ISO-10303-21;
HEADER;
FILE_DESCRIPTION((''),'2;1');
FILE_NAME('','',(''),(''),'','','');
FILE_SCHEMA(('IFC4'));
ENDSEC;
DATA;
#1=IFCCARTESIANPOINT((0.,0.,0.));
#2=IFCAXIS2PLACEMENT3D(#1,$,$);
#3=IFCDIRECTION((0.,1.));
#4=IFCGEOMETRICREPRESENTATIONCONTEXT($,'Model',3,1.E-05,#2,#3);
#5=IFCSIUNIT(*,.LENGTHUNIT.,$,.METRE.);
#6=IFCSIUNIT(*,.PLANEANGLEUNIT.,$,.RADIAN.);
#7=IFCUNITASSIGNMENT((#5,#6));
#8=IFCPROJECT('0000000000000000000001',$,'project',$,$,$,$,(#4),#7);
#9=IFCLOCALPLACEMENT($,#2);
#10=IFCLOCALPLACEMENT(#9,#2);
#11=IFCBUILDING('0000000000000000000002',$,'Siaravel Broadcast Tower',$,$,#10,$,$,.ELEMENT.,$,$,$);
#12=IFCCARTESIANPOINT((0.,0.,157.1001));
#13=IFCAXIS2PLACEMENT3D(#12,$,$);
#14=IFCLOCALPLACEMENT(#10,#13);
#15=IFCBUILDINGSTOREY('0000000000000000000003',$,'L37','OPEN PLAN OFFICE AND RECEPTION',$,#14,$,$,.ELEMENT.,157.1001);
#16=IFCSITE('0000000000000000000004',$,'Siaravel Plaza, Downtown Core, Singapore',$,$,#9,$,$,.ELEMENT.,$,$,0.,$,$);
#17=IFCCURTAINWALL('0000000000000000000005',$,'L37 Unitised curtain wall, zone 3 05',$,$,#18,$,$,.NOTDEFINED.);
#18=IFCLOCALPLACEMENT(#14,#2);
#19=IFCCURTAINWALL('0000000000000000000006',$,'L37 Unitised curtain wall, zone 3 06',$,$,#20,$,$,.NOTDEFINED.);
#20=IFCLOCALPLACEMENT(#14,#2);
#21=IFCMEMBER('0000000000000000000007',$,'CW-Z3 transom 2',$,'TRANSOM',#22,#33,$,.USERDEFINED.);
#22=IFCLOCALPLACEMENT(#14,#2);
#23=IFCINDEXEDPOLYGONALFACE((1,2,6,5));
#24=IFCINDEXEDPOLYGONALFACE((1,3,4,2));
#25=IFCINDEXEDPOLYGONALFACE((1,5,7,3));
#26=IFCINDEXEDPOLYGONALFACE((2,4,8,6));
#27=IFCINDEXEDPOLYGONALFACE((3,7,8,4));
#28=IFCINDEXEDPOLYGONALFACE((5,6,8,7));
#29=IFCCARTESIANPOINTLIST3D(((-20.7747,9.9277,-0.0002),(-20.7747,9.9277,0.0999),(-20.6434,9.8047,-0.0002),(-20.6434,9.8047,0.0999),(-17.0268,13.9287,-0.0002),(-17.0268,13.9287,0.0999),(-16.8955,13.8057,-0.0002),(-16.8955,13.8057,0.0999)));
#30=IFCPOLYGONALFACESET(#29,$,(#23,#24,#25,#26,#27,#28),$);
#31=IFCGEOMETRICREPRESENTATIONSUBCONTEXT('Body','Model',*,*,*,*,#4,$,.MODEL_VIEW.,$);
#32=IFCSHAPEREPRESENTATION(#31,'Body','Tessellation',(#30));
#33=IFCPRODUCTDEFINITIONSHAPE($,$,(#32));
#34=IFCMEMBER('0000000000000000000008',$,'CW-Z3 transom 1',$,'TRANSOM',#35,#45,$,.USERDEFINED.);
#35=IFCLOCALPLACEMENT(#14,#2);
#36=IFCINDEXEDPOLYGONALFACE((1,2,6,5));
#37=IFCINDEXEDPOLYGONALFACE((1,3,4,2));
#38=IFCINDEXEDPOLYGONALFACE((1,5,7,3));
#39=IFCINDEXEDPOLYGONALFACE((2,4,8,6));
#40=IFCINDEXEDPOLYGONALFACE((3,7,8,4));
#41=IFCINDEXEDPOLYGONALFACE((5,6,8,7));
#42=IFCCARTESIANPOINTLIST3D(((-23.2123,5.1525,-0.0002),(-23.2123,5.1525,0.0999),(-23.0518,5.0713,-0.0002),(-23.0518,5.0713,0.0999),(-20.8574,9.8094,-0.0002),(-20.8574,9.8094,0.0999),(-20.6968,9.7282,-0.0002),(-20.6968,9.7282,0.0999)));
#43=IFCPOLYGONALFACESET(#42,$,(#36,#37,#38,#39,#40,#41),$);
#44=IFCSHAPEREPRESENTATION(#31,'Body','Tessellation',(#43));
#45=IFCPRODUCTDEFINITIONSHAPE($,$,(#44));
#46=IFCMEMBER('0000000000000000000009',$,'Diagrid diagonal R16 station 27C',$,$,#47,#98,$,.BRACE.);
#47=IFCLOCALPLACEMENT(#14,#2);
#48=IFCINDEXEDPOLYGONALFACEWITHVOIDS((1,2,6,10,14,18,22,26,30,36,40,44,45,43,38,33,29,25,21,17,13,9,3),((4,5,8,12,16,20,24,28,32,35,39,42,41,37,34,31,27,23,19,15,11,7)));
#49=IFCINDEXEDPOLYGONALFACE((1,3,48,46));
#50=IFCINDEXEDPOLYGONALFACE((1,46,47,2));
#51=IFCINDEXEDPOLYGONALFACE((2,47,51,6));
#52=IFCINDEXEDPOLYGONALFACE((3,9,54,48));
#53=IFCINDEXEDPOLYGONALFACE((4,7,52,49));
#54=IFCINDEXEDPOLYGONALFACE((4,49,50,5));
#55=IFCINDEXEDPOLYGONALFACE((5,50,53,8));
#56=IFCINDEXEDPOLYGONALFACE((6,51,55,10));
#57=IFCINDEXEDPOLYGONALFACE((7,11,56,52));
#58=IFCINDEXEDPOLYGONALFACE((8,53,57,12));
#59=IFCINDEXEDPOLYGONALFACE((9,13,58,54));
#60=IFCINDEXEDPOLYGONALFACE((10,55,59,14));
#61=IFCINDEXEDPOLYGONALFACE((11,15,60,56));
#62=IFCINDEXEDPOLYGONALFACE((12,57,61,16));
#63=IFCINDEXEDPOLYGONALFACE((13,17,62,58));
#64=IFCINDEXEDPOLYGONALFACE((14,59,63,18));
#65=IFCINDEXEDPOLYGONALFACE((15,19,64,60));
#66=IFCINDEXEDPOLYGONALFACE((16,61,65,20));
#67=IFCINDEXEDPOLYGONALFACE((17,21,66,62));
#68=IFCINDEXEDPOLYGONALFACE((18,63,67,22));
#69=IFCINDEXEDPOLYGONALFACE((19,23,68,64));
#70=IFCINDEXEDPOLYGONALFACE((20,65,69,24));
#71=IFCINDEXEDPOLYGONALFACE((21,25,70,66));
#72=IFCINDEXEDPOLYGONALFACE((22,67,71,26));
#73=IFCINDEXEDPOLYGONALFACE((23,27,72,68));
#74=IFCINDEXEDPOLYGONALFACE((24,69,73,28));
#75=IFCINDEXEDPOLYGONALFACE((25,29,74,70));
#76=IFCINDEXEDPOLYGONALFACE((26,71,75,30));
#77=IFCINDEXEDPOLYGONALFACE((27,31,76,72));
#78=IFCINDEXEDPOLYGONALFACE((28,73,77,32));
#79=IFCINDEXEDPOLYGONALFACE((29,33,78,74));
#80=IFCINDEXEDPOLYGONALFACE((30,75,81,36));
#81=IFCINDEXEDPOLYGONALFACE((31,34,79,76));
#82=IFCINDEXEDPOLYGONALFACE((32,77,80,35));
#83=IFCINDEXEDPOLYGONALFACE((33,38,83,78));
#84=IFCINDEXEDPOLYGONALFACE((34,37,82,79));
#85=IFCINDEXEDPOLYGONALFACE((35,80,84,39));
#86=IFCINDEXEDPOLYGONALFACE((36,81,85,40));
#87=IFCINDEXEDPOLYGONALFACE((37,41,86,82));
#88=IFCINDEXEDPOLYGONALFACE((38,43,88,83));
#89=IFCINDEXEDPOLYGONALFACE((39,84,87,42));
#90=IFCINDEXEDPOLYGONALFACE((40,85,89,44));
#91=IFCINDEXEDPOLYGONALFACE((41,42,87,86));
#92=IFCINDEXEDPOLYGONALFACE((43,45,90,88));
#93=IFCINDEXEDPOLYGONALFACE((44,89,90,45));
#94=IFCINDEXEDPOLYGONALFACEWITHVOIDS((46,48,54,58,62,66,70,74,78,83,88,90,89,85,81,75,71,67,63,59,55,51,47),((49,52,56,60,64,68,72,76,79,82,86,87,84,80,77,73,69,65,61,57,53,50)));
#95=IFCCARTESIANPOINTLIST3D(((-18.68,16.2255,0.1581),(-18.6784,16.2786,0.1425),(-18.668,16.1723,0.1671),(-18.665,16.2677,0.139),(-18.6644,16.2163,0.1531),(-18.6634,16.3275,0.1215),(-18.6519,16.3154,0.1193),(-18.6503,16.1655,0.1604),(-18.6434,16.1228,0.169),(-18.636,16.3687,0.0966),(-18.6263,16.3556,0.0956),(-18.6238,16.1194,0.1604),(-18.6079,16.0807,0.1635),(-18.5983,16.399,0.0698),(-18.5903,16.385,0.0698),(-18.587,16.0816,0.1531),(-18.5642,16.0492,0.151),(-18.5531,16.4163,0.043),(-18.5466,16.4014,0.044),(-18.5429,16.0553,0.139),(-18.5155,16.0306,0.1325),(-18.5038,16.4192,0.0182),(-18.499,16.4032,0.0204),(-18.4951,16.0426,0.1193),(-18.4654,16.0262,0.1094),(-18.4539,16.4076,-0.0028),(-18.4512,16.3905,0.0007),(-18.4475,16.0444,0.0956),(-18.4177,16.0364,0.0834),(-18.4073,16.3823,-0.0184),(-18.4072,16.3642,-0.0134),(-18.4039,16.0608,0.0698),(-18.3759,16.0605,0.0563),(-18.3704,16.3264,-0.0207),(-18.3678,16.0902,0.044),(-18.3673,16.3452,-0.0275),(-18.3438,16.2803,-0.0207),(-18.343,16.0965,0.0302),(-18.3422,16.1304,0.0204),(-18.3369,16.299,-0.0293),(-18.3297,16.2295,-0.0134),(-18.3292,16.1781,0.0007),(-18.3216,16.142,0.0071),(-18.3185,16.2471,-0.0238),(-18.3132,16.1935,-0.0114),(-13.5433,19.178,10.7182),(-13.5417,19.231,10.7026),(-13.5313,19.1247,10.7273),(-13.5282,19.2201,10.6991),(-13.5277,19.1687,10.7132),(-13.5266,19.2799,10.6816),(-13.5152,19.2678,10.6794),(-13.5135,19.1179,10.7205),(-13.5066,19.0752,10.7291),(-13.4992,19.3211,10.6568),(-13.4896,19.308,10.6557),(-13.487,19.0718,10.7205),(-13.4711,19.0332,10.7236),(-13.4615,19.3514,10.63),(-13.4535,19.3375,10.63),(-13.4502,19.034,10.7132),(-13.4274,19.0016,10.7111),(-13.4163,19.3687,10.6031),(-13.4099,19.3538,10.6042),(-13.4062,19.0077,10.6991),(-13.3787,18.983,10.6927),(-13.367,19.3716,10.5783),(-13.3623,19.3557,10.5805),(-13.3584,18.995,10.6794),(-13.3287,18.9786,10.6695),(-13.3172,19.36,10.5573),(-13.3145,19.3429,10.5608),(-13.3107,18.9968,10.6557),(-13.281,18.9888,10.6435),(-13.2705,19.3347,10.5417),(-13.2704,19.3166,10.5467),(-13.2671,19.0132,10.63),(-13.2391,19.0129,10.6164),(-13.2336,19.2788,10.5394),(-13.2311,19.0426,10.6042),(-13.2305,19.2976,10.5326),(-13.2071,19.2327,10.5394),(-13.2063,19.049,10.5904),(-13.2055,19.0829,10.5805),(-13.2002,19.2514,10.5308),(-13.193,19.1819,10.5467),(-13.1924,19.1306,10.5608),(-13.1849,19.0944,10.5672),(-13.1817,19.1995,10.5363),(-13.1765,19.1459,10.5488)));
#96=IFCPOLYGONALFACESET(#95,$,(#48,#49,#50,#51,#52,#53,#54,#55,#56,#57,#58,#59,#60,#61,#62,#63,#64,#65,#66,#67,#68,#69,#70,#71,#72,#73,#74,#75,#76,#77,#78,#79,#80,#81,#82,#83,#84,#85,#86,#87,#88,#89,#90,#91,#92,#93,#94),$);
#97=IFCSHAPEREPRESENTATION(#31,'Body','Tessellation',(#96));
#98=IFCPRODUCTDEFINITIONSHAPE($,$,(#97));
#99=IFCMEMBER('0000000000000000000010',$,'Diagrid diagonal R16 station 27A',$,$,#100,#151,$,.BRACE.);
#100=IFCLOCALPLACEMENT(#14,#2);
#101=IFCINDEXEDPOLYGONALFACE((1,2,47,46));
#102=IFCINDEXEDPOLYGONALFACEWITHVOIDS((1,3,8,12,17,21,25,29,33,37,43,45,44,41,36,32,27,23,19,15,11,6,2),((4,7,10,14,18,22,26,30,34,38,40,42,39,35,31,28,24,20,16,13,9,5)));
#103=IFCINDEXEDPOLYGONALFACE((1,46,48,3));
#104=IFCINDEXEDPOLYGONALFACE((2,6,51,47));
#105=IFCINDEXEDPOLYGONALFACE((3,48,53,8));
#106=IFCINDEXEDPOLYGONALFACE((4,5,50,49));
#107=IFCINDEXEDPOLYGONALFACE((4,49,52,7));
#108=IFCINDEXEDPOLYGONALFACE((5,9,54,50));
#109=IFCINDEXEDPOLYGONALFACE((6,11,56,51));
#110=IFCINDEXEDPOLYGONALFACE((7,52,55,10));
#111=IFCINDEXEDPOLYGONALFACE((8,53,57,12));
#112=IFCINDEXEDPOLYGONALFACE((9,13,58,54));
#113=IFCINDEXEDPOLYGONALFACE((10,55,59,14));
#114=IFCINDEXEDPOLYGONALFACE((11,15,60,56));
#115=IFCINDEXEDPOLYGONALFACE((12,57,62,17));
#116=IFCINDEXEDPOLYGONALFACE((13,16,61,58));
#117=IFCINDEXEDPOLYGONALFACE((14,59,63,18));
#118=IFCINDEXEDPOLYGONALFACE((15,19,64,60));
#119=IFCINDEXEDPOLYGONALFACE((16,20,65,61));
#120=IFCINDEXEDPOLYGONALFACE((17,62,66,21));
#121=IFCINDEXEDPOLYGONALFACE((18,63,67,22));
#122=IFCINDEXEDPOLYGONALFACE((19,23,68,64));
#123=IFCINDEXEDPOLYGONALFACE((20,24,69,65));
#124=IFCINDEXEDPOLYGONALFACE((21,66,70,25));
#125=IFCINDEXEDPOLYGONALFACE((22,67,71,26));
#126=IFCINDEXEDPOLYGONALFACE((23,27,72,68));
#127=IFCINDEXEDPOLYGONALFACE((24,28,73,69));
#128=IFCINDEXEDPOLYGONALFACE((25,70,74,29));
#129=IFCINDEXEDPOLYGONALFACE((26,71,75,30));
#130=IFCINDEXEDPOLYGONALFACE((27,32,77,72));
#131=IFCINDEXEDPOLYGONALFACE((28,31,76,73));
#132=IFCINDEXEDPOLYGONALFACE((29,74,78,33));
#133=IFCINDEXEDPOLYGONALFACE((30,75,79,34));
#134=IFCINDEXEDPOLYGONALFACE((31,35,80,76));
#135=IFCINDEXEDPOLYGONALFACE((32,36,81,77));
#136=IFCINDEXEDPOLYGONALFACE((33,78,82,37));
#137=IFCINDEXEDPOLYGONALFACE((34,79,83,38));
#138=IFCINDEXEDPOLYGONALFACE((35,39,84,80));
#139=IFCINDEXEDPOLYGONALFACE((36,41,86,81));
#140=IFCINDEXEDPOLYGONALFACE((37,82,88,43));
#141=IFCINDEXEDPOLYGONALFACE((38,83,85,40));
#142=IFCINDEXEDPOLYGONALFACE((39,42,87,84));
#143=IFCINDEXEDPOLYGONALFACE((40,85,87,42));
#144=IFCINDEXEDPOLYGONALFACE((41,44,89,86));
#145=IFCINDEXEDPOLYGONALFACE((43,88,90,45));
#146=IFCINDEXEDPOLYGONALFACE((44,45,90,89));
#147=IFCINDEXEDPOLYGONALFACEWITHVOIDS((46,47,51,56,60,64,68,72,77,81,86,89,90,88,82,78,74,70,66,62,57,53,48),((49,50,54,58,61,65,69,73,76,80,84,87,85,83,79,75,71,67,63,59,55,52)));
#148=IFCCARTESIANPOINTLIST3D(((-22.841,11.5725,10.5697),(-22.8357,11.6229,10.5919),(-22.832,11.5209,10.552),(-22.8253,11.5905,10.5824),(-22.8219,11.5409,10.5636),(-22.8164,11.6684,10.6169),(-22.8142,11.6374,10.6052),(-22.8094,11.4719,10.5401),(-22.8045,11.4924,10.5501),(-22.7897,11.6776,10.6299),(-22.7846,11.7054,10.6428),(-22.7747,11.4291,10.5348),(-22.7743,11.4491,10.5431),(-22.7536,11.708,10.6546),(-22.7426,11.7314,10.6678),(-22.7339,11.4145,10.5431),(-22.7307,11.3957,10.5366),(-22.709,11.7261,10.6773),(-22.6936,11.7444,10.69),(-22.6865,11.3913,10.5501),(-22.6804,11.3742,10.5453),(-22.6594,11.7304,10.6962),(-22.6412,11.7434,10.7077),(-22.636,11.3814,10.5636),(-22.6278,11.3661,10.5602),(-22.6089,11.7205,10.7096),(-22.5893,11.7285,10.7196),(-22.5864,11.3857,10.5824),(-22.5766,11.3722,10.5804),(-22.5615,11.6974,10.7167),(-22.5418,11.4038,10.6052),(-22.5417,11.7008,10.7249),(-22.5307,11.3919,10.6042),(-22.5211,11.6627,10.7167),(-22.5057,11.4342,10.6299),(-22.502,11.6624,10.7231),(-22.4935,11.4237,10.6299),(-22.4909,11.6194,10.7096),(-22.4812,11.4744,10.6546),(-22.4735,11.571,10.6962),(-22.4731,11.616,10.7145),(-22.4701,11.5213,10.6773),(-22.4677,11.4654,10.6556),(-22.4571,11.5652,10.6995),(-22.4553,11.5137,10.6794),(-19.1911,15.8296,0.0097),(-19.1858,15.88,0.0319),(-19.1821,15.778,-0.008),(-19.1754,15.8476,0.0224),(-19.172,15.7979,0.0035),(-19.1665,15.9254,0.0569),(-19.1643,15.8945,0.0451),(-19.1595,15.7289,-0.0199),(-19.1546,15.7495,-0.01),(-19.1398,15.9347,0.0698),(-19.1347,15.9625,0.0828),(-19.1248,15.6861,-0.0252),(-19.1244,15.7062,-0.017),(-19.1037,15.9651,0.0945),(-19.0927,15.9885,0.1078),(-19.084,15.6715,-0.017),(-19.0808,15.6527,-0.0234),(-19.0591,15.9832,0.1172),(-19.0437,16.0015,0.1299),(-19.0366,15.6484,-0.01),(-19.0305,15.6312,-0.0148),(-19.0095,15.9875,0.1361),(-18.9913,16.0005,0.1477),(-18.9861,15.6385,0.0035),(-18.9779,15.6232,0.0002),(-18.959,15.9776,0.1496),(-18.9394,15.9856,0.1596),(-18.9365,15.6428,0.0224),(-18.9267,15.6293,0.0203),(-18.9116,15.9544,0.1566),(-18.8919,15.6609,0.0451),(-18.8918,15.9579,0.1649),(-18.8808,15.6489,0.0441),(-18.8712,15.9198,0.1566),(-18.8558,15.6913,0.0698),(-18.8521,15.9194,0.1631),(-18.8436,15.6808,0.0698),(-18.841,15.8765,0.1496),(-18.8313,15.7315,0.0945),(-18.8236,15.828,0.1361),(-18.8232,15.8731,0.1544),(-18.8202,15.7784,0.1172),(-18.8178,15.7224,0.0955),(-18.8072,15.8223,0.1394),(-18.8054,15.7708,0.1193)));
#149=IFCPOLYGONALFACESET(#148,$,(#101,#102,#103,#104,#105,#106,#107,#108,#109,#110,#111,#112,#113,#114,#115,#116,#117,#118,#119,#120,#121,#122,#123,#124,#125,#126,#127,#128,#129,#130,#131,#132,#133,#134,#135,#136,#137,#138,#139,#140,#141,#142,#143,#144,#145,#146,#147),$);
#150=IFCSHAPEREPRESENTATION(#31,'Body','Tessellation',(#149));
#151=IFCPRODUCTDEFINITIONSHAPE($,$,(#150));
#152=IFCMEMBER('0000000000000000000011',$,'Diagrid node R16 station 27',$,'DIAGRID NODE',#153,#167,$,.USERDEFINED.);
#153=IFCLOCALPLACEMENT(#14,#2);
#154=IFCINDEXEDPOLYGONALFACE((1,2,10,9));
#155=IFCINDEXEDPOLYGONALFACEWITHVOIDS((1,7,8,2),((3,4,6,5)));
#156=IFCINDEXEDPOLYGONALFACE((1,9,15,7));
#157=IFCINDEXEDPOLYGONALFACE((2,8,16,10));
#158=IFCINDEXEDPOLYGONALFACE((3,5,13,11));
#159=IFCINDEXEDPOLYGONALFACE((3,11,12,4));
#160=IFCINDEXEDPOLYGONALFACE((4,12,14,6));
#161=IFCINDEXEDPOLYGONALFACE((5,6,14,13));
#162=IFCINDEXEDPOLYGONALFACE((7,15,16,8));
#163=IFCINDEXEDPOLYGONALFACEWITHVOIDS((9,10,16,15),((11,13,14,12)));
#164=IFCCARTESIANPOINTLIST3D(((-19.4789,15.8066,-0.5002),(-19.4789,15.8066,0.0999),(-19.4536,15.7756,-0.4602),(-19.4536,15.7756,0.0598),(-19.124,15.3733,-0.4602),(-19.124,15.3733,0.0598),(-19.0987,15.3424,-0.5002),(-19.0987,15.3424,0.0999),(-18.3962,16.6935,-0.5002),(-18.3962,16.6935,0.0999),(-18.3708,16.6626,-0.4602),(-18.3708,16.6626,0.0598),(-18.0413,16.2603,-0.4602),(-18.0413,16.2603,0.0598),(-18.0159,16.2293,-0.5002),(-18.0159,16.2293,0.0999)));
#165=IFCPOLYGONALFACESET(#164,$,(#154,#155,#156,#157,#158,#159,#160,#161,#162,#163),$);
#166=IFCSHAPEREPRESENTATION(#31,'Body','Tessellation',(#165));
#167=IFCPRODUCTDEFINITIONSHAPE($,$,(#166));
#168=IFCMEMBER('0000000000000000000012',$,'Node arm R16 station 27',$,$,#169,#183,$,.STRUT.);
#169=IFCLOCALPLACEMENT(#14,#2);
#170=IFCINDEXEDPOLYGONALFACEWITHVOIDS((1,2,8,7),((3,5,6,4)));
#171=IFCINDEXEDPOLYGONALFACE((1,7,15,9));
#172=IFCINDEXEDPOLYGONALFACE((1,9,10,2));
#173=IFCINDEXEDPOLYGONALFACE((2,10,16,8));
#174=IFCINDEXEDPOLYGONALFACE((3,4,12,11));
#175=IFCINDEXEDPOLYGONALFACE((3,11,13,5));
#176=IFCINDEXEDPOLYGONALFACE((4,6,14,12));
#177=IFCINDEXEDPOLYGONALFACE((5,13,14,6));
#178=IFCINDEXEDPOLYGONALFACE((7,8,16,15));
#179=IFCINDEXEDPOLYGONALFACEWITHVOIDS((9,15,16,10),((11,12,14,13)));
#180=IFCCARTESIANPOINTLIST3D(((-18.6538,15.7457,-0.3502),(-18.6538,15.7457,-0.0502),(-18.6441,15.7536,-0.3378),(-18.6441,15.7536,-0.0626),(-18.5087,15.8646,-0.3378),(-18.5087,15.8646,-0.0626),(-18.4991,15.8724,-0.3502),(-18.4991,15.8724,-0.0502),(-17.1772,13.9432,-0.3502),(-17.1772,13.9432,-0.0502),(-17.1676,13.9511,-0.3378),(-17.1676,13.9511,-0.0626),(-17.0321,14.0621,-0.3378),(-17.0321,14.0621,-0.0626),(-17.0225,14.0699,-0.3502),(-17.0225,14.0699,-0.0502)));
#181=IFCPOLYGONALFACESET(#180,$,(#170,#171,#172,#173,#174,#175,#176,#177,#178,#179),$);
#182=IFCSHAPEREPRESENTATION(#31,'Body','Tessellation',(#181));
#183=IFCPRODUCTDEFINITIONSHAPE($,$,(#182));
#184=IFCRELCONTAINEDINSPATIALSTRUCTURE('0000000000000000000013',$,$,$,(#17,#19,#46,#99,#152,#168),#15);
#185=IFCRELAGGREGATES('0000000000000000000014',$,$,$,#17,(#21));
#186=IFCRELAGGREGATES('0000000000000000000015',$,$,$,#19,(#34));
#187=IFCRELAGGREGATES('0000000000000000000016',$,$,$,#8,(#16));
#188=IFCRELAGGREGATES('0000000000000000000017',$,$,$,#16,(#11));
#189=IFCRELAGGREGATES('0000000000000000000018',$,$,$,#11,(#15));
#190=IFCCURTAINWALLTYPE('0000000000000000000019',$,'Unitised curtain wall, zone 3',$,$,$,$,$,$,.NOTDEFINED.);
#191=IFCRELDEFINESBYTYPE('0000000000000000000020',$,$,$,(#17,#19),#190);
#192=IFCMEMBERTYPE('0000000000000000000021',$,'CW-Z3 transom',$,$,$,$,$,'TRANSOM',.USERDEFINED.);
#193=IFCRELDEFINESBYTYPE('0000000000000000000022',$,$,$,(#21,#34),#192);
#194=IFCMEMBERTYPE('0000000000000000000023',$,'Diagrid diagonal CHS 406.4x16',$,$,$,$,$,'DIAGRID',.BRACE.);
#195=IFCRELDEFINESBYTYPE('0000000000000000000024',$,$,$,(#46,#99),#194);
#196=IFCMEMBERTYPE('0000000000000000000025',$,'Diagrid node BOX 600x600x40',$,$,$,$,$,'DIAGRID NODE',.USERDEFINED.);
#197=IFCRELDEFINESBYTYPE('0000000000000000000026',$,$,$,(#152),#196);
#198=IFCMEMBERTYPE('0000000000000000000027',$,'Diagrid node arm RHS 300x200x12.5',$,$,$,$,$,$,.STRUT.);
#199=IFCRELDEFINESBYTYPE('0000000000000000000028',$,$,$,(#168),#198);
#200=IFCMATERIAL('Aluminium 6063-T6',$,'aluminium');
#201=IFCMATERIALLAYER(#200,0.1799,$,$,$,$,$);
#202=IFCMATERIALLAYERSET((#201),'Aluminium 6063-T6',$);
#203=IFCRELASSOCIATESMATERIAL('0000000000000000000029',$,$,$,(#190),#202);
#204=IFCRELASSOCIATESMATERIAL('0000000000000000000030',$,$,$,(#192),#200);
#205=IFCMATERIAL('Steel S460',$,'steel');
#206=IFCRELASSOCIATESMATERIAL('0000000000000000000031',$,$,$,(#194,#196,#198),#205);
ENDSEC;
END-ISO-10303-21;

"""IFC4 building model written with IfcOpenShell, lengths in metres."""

from ifc_helpers import new_model, si_unit, direction, frame, origin, origin_2d, place, context, subcontext, project, spatial, rectangle, hollow_rectangle, hollow_circle, extrude, material, layer, layer_set, material_profile, profile_set, type_object, element, aggregate, save


model = new_model("IFC4")

# Units and contexts
model_context = context("Model", 3, precision=1e-05, world=origin(), true_north=direction((0.0, 1.0)))
body_context = subcontext(model_context, "Body", "Model", "MODEL_VIEW")
ifc_project = project(units=[si_unit("LENGTHUNIT", "METRE"), si_unit("PLANEANGLEUNIT", "RADIAN")], contexts=[model_context])

# Site, building, storey
site_placement = place(None, origin())
site = spatial("IfcSite", under=ifc_project, at=site_placement, Name="Siaravel Plaza, Downtown Core, Singapore", CompositionType="ELEMENT", RefElevation=0.0)
building_placement = place(site_placement, origin())
building = spatial("IfcBuilding", under=site, at=building_placement, Name="Siaravel Broadcast Tower", CompositionType="ELEMENT")
storey_placement = place(building_placement, frame((0.0, 0.0, 157.1001)))
storey = spatial("IfcBuildingStorey", under=building, at=storey_placement, Name="L37", Description="OPEN PLAN OFFICE AND RECEPTION", CompositionType="ELEMENT", Elevation=157.1001)

# Curtain wall
ifc_material_1 = material(Name="Aluminium 6063-T6", Category="aluminium")
ifc_layer_1 = layer(ifc_material_1, 0.1799)
ifc_layer_set_1 = layer_set([ifc_layer_1], Name="Aluminium 6063-T6")
curtain_wall_type = type_object("IfcCurtainWallType", Name="Unitised curtain wall, zone 3", PredefinedType="NOTDEFINED", material=ifc_layer_set_1)
curtain_wall_1_placement = place(storey_placement, origin())
curtain_wall_1 = element("IfcCurtainWall", 1, at=curtain_wall_1_placement, inside=storey, type_object=curtain_wall_type, Name="L37 Unitised curtain wall, zone 3 05", PredefinedType="NOTDEFINED")

# Curtain wall
curtain_wall_2_placement = place(storey_placement, origin())
curtain_wall_2 = element("IfcCurtainWall", 2, at=curtain_wall_2_placement, inside=storey, type_object=curtain_wall_type, Name="L37 Unitised curtain wall, zone 3 06", PredefinedType="NOTDEFINED")

# Members
ifc_material_profile_1 = material_profile(ifc_material_1, rectangle(XDim=0.1799, YDim=0.1001, at=origin_2d()))
ifc_profile_set_1 = profile_set([ifc_material_profile_1], Name="Aluminium 6063-T6")
member_type_1 = type_object("IfcMemberType", Name="CW-Z3 transom", ElementType="TRANSOM", PredefinedType="USERDEFINED", material=ifc_profile_set_1)
member_1_placement = place(storey_placement, frame((-16.9612, 13.8672, 0.0498), z_axis=(-0.683639, -0.72982, 0.0), x_axis=(0.72982, -0.683639, 0.0)))
member_1 = element("IfcMember", 3, at=member_1_placement, type_object=member_type_1, Name="CW-Z3 transom 2", ObjectType="TRANSOM", PredefinedType="USERDEFINED", context=body_context, shape_type="SweptSolid", body=[
    extrude(rectangle(XDim=0.1799, YDim=0.1001, at=origin_2d()), origin(), (0.0, 0.0, 1.0), 5.4822),
])
member_2_placement = place(storey_placement, frame((-20.7771, 9.7688, 0.0498), z_axis=(-0.45127, -0.892388, 0.0), x_axis=(0.892388, -0.45127, 0.0)))
member_2 = element("IfcMember", 4, at=member_2_placement, type_object=member_type_1, Name="CW-Z3 transom 1", ObjectType="TRANSOM", PredefinedType="USERDEFINED", context=body_context, shape_type="SweptSolid", body=[
    extrude(rectangle(XDim=0.1799, YDim=0.1001, at=origin_2d()), origin(), (0.0, 0.0, 1.0), 5.2185),
])

# Members
ifc_material_2 = material(Name="Steel S460", Category="steel")
ifc_material_profile_2 = material_profile(ifc_material_2, hollow_circle(Radius=0.2031, WallThickness=0.0161, at=origin_2d()))
ifc_profile_set_2 = profile_set([ifc_material_profile_2], Name="Steel S460")
member_type_2 = type_object("IfcMemberType", Name="Diagrid diagonal CHS 406.4x16", ElementType="DIAGRID", PredefinedType="BRACE", material=ifc_profile_set_2)
member_3_placement = place(storey_placement, frame((-18.4971, 16.2229, 0.0698), z_axis=(0.424222, 0.243827, 0.872115), x_axis=(-0.498316, 0.866995, 0.0)))
element("IfcMember", 5, at=member_3_placement, inside=storey, type_object=member_type_2, Name="Diagrid diagonal R16 station 27C", PredefinedType="BRACE", context=body_context, shape_type="SweptSolid", body=[
    extrude(hollow_circle(Radius=0.2031, WallThickness=0.0161, at=origin_2d()), origin(), (0.0, 0.0, 1.0), 12.1086),
])
member_4_placement = place(storey_placement, frame((-18.9978, 15.813, 0.0698), z_axis=(-0.305264, -0.356046, 0.883202), x_axis=(0.759171, -0.650892, 0.0)))
element("IfcMember", 6, at=member_4_placement, inside=storey, type_object=member_type_2, Name="Diagrid diagonal R16 station 27A", PredefinedType="BRACE", context=body_context, shape_type="SweptSolid", body=[
    extrude(hollow_circle(Radius=0.2031, WallThickness=0.0161, at=origin_2d()), origin(), (0.0, 0.0, 1.0), 11.9565),
])
ifc_material_profile_3 = material_profile(ifc_material_2, hollow_rectangle(XDim=0.6001, YDim=0.6001, WallThickness=0.04, at=origin_2d()))
ifc_profile_set_3 = profile_set([ifc_material_profile_3], Name="Steel S460")
member_type_3 = type_object("IfcMemberType", Name="Diagrid node BOX 600x600x40", ElementType="DIAGRID NODE", PredefinedType="USERDEFINED", material=ifc_profile_set_3)
member_5_placement = place(storey_placement, frame((-18.2061, 16.4614, -0.2002), z_axis=(-0.773584, -0.633694, 0.0), x_axis=(0.633694, -0.773584, 0.0)))
element("IfcMember", 7, at=member_5_placement, inside=storey, type_object=member_type_3, Name="Diagrid node R16 station 27", ObjectType="DIAGRID NODE", PredefinedType="USERDEFINED", context=body_context, shape_type="SweptSolid", body=[
    extrude(hollow_rectangle(XDim=0.6001, YDim=0.6001, WallThickness=0.04, at=origin_2d()), origin(), (0.0, 0.0, 1.0), 1.3997),
])
ifc_material_profile_4 = material_profile(ifc_material_2, hollow_rectangle(XDim=0.2, YDim=0.3, WallThickness=0.0125, at=origin_2d()))
ifc_profile_set_4 = profile_set([ifc_material_profile_4], Name="Steel S460")
member_type_4 = type_object("IfcMemberType", Name="Diagrid node arm RHS 300x200x12.5", PredefinedType="STRUT", material=ifc_profile_set_4)
member_6_placement = place(storey_placement, frame((-17.0999, 14.0066, -0.2002), z_axis=(-0.6337, 0.773579, 0.0), x_axis=(-0.773579, -0.6337, 0.0)))
element("IfcMember", 8, at=member_6_placement, inside=storey, type_object=member_type_4, Name="Node arm R16 station 27", PredefinedType="STRUT", context=body_context, shape_type="SweptSolid", body=[
    extrude(hollow_rectangle(XDim=0.2, YDim=0.3, WallThickness=0.0125, at=origin_2d()), origin(), (0.0, 0.0, 1.0), 2.3301),
])

aggregate(curtain_wall_1, [member_1])
aggregate(curtain_wall_2, [member_2])

save(model, "model.ifc")
